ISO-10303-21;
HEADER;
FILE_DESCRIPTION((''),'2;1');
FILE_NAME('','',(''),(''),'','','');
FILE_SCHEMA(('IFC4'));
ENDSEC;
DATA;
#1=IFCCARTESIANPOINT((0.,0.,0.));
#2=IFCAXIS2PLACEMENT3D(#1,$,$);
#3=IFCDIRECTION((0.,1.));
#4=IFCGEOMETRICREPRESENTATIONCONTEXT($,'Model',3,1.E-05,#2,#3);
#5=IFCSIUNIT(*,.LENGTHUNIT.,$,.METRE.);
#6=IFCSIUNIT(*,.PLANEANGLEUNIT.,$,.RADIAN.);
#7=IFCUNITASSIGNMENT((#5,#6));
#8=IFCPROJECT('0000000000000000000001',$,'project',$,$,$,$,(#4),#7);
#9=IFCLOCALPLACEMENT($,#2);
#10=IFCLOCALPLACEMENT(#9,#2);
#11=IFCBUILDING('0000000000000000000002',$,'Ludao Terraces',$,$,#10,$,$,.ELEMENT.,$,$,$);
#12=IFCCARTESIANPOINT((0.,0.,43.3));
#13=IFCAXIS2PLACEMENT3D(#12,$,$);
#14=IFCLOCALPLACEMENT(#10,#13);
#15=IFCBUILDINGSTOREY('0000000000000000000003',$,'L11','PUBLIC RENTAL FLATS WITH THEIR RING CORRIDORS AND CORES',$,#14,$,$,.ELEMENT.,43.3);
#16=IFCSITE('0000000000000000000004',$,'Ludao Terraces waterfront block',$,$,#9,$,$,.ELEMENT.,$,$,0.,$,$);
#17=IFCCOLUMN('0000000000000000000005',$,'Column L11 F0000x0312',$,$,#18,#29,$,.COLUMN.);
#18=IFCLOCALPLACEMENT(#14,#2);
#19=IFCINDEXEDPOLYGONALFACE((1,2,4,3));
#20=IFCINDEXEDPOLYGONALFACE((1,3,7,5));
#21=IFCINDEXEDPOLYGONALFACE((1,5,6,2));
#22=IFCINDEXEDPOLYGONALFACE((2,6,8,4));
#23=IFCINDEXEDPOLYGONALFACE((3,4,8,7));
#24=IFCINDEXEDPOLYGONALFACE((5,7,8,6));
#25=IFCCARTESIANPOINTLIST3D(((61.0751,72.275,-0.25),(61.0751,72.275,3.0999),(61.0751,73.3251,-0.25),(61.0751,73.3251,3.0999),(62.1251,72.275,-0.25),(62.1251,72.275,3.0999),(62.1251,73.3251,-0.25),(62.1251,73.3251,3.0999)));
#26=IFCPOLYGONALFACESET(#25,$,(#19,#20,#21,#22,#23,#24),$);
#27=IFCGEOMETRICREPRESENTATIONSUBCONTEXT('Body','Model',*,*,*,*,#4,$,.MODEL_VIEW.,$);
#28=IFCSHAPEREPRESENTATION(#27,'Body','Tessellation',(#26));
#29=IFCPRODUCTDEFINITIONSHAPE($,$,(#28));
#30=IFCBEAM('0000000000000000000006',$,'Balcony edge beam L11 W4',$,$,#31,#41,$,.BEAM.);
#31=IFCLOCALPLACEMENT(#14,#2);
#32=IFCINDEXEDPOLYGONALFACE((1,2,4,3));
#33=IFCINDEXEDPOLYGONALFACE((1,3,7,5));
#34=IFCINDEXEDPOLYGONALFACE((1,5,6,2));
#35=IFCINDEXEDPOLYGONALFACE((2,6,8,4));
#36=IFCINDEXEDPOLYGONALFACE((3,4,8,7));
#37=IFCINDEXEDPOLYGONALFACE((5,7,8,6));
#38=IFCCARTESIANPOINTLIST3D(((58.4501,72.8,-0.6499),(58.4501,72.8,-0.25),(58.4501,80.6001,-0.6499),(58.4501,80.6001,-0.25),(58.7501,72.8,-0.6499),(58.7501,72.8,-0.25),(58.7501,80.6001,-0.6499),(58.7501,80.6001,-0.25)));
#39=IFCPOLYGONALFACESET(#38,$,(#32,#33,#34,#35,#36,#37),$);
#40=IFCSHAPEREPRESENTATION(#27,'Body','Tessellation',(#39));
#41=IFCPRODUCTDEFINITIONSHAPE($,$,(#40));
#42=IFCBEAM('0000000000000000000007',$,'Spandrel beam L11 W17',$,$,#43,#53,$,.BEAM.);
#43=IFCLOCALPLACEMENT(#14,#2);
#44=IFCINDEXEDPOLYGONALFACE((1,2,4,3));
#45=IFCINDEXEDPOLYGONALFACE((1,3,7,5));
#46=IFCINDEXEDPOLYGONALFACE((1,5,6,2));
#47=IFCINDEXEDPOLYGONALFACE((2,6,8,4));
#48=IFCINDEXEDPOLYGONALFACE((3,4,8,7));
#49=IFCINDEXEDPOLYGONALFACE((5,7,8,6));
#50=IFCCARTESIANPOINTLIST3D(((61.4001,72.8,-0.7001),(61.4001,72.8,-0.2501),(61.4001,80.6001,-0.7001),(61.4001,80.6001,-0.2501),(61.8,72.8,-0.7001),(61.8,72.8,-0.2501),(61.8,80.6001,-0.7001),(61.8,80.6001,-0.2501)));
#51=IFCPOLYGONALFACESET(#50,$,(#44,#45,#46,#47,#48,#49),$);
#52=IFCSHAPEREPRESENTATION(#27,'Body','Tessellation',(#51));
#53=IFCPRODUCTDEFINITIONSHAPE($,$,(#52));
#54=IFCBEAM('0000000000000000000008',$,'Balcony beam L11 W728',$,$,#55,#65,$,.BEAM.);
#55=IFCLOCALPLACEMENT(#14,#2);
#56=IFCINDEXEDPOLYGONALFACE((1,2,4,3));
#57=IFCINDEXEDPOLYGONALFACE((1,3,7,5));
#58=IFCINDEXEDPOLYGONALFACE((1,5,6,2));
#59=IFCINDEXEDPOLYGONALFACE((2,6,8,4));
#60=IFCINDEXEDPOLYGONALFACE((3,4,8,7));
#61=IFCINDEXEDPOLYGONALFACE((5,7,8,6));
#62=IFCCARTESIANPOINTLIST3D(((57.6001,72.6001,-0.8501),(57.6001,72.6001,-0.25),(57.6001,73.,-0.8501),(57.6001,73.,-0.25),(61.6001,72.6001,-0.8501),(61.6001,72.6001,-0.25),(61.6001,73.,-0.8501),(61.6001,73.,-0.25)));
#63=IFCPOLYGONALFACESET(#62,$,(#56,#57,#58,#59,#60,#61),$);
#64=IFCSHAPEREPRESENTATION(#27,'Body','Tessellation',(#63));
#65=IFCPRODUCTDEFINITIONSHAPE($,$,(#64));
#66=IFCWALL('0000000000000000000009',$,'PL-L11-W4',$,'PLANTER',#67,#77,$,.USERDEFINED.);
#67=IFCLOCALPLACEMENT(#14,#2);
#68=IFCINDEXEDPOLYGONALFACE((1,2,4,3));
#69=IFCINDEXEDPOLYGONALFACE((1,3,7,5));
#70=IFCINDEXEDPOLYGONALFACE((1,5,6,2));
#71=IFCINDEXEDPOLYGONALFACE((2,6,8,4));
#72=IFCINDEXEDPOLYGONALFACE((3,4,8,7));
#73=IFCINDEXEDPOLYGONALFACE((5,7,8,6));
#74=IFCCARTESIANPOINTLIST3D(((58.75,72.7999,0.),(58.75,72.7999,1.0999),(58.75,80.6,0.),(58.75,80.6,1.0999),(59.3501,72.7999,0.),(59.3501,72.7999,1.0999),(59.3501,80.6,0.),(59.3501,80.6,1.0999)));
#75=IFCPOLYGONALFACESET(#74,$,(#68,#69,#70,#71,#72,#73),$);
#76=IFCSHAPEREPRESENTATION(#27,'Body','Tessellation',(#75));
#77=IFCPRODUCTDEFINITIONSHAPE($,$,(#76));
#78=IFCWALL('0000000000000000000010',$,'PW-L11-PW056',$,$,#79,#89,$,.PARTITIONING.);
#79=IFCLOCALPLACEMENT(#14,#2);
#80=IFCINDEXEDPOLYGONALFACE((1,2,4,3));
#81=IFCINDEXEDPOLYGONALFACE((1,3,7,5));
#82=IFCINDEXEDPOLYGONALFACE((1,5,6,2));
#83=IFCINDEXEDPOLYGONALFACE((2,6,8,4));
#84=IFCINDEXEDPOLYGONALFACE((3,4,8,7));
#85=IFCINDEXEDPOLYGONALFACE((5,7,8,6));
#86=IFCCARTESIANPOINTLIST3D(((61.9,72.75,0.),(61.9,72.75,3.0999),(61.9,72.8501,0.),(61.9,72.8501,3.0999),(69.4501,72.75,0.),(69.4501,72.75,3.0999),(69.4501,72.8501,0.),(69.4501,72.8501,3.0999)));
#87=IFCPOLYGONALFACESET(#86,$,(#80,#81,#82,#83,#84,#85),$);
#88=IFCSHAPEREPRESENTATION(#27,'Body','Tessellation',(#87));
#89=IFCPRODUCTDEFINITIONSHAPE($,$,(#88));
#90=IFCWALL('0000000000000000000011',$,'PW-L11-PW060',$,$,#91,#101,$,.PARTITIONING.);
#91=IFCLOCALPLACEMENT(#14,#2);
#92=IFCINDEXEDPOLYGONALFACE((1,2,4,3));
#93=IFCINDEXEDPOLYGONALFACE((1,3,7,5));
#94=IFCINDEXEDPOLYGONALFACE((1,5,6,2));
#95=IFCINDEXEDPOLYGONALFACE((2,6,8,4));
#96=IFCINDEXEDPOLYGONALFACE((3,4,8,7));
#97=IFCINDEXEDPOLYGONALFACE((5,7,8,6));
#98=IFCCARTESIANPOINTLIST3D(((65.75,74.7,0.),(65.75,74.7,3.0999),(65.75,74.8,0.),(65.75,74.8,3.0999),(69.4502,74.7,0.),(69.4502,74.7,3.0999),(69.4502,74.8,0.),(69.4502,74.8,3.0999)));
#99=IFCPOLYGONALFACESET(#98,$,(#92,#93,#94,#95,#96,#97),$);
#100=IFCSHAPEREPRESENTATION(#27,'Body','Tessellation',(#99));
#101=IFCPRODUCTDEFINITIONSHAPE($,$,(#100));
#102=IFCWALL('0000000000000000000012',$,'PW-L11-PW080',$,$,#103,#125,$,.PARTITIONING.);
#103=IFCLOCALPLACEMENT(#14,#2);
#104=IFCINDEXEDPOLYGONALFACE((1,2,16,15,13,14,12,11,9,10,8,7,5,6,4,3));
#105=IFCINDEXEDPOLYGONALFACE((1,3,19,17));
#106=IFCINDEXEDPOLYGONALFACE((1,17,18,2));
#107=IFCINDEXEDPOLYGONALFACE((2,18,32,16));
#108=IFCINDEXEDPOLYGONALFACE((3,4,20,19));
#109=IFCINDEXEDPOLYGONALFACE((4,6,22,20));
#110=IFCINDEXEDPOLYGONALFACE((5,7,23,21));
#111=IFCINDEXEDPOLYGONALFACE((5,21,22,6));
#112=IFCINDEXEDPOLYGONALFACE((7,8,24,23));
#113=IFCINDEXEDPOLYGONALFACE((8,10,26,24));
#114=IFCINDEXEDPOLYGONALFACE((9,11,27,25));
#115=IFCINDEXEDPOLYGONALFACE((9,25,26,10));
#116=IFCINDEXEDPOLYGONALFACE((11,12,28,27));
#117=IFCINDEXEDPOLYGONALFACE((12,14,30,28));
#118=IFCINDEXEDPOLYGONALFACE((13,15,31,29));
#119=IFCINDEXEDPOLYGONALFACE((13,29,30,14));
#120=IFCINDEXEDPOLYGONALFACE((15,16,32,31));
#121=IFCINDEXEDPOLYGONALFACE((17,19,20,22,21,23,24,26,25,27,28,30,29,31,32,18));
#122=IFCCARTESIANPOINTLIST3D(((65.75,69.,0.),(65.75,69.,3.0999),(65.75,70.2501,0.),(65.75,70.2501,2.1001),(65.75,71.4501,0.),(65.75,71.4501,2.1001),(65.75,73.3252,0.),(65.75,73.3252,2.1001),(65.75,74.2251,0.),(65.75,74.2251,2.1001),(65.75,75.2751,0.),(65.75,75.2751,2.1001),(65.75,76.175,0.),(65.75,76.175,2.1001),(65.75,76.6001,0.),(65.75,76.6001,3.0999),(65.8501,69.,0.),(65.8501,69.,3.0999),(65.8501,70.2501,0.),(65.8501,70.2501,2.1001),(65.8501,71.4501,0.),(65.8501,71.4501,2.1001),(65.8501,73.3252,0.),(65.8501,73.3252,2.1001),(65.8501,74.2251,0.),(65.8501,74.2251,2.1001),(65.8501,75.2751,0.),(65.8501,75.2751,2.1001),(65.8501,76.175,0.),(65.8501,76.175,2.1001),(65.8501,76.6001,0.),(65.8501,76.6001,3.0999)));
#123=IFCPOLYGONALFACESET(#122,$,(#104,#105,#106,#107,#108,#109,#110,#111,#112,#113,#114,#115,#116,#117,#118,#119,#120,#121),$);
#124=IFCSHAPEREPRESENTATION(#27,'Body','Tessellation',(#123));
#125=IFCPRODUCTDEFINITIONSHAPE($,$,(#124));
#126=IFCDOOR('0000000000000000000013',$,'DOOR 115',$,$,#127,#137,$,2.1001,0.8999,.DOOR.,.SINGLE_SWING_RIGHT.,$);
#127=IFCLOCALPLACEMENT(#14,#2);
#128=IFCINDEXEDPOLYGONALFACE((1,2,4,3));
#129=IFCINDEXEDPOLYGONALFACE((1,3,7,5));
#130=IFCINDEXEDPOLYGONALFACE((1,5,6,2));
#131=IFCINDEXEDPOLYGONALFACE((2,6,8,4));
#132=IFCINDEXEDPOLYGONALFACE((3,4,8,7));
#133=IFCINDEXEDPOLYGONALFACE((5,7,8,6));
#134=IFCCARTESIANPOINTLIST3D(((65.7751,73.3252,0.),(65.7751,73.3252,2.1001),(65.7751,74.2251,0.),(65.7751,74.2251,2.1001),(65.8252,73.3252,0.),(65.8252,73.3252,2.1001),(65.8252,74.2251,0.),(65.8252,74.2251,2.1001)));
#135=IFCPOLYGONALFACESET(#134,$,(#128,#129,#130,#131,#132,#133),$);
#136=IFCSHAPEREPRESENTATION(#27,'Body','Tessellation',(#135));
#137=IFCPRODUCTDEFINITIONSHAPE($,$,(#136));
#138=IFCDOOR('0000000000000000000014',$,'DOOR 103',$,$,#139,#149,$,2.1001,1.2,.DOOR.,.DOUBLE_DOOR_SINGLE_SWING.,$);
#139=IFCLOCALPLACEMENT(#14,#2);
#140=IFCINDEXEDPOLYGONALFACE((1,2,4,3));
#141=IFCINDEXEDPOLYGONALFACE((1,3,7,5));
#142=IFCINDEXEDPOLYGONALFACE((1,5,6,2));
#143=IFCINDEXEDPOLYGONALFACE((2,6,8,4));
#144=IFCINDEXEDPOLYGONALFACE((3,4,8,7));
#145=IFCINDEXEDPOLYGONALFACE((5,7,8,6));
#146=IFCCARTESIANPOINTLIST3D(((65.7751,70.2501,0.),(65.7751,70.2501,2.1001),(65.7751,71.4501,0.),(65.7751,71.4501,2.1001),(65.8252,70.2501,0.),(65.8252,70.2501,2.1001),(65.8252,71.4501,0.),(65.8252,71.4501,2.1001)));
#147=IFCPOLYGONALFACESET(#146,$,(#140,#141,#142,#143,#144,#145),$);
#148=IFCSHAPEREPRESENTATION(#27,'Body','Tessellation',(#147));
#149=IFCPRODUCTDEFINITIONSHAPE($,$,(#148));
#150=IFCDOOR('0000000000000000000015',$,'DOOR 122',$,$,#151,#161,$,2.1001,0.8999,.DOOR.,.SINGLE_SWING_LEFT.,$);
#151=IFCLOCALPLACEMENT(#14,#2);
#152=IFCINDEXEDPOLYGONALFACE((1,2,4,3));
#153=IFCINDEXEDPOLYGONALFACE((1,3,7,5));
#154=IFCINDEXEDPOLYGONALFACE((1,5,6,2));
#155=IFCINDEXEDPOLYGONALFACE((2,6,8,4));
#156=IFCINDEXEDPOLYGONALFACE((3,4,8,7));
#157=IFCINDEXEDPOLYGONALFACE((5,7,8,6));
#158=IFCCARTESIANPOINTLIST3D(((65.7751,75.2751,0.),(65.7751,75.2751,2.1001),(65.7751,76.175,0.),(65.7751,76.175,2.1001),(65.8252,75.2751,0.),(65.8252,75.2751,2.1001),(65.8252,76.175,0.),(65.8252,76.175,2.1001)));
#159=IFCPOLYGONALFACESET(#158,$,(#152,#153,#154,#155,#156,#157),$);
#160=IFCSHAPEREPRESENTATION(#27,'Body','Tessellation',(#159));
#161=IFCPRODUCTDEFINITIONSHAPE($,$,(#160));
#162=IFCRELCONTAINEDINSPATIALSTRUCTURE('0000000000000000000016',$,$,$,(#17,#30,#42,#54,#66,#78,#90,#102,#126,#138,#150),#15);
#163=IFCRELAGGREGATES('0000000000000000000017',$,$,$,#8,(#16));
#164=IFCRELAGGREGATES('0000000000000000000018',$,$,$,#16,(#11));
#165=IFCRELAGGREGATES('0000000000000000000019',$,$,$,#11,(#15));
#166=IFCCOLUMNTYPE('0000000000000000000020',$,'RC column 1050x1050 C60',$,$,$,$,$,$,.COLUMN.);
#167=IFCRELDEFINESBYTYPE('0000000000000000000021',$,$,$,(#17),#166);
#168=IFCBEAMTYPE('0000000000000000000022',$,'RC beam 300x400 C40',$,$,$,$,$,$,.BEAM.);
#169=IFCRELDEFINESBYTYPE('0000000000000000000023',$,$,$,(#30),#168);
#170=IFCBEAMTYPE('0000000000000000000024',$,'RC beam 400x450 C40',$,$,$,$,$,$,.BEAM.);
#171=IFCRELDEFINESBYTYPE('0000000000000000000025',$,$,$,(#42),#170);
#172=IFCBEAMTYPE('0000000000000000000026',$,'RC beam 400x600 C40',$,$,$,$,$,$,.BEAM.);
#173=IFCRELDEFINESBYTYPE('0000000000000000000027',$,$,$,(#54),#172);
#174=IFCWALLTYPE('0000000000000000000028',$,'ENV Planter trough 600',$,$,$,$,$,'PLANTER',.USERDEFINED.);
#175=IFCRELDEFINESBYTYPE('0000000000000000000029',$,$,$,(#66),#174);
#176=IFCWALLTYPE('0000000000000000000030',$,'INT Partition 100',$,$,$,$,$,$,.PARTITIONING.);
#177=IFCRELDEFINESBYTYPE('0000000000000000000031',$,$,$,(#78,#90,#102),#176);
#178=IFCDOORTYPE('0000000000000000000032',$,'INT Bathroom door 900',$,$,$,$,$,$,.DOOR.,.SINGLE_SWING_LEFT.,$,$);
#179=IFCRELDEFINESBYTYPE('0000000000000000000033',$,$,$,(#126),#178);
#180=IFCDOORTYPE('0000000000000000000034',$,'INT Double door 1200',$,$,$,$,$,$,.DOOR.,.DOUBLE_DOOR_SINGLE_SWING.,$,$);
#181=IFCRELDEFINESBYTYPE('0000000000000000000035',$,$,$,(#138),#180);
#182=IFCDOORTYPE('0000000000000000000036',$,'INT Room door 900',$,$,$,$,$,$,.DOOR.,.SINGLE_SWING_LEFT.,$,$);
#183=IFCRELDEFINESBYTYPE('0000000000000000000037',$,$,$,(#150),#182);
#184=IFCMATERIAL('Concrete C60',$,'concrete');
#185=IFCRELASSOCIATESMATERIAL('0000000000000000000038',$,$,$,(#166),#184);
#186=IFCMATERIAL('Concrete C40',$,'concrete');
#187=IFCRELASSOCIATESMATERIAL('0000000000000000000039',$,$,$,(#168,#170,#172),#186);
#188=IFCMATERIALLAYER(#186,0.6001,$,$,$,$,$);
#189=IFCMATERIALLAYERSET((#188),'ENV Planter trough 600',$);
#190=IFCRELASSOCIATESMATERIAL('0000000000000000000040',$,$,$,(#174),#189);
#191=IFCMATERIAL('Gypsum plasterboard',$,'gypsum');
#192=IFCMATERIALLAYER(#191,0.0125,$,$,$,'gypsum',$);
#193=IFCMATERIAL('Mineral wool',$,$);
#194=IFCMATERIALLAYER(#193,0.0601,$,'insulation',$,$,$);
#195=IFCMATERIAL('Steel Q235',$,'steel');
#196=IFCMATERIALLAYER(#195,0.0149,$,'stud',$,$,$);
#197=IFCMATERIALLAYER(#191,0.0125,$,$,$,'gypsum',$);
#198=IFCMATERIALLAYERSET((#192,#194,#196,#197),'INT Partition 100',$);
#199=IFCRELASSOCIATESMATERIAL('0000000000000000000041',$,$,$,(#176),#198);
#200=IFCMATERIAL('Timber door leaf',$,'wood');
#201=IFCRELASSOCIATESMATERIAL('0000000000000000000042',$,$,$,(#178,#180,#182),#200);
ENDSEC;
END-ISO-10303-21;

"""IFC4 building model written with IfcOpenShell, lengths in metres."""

from ifc_helpers import new_model, si_unit, direction, frame, frame_2d, origin, origin_2d, place, context, subcontext, project, spatial, rectangle, extrude, material, layer, layer_set, material_profile, profile_set, type_object, element, fill, save


model = new_model("IFC4")

# Units and contexts
model_context = context("Model", 3, precision=1e-05, world=origin(), true_north=direction((0.0, 1.0)))
body_context = subcontext(model_context, "Body", "Model", "MODEL_VIEW")
ifc_project = project(units=[si_unit("LENGTHUNIT", "METRE"), si_unit("PLANEANGLEUNIT", "RADIAN")], contexts=[model_context])

# Site, building, storey
site_placement = place(None, origin())
site = spatial("IfcSite", under=ifc_project, at=site_placement, Name="Ludao Terraces waterfront block", CompositionType="ELEMENT", RefElevation=0.0)
building_placement = place(site_placement, origin())
building = spatial("IfcBuilding", under=site, at=building_placement, Name="Ludao Terraces", CompositionType="ELEMENT")
storey_placement = place(building_placement, frame((0.0, 0.0, 43.3)))
storey = spatial("IfcBuildingStorey", under=building, at=storey_placement, Name="L11", Description="PUBLIC RENTAL FLATS WITH THEIR RING CORRIDORS AND CORES", CompositionType="ELEMENT", Elevation=43.3)

# Column
ifc_material_1 = material(Name="Concrete C60", Category="concrete")
ifc_material_profile_1 = material_profile(ifc_material_1, rectangle(XDim=1.05, YDim=1.05, at=origin_2d()), Name="1050 X 1050")
ifc_profile_set_1 = profile_set([ifc_material_profile_1], Name="Concrete C60")
column_type = type_object("IfcColumnType", Name="RC column 1050x1050 C60", PredefinedType="COLUMN", material=ifc_profile_set_1)
column_placement = place(storey_placement, frame((61.6001, 72.8, -0.25), z_axis=(0.0, 0.0, 1.0), x_axis=(1.0, 0.0, 0.0)))
element("IfcColumn", 1, at=column_placement, inside=storey, type_object=column_type, Name="Column L11 F0000x0312", PredefinedType="COLUMN", context=body_context, shape_type="SweptSolid", body=[
    extrude(rectangle(XDim=1.05, YDim=1.05, at=origin_2d()), origin(), (0.0, 0.0, 1.0), 3.3499),
])

# Beams
ifc_material_2 = material(Name="Concrete C40", Category="concrete")
ifc_material_profile_2 = material_profile(ifc_material_2, rectangle(XDim=0.3, YDim=0.3999, at=origin_2d()), Name="300 X 400")
ifc_profile_set_2 = profile_set([ifc_material_profile_2], Name="Concrete C40")
beam_type_1 = type_object("IfcBeamType", Name="RC beam 300x400 C40", PredefinedType="BEAM", material=ifc_profile_set_2)
beam_1_placement = place(storey_placement, frame((58.6001, 72.8, -0.45), z_axis=(0.0, 1.0, 0.0), x_axis=(-1.0, 0.0, 0.0)))
element("IfcBeam", 2, at=beam_1_placement, inside=storey, type_object=beam_type_1, Name="Balcony edge beam L11 W4", PredefinedType="BEAM", context=body_context, shape_type="SweptSolid", body=[
    extrude(rectangle(XDim=0.3, YDim=0.3999, at=origin_2d()), origin(), (0.0, 0.0, 1.0), 7.8),
])
ifc_material_profile_3 = material_profile(ifc_material_2, rectangle(XDim=0.3999, YDim=0.45, at=origin_2d()), Name="400 X 450")
ifc_profile_set_3 = profile_set([ifc_material_profile_3], Name="Concrete C40")
beam_type_2 = type_object("IfcBeamType", Name="RC beam 400x450 C40", PredefinedType="BEAM", material=ifc_profile_set_3)
beam_2_placement = place(storey_placement, frame((61.6001, 72.8, -0.4751), z_axis=(0.0, 1.0, 0.0), x_axis=(-1.0, 0.0, 0.0)))
element("IfcBeam", 3, at=beam_2_placement, inside=storey, type_object=beam_type_2, Name="Spandrel beam L11 W17", PredefinedType="BEAM", context=body_context, shape_type="SweptSolid", body=[
    extrude(rectangle(XDim=0.3999, YDim=0.45, at=origin_2d()), origin(), (0.0, 0.0, 1.0), 7.8),
])
ifc_material_profile_4 = material_profile(ifc_material_2, rectangle(XDim=0.3999, YDim=0.6001, at=origin_2d()), Name="400 X 600")
ifc_profile_set_4 = profile_set([ifc_material_profile_4], Name="Concrete C40")
beam_type_3 = type_object("IfcBeamType", Name="RC beam 400x600 C40", PredefinedType="BEAM", material=ifc_profile_set_4)
beam_3_placement = place(storey_placement, frame((61.6001, 72.8, -0.55), z_axis=(-1.0, 0.0, 0.0), x_axis=(0.0, -1.0, 0.0)))
element("IfcBeam", 4, at=beam_3_placement, inside=storey, type_object=beam_type_3, Name="Balcony beam L11 W728", PredefinedType="BEAM", context=body_context, shape_type="SweptSolid", body=[
    extrude(rectangle(XDim=0.3999, YDim=0.6001, at=origin_2d()), origin(), (0.0, 0.0, 1.0), 4.0),
])

# Wall
ifc_layer_1 = layer(ifc_material_2, 0.6001)
ifc_layer_set_1 = layer_set([ifc_layer_1], Name="ENV Planter trough 600")
wall_type_1 = type_object("IfcWallType", Name="ENV Planter trough 600", ElementType="PLANTER", PredefinedType="USERDEFINED", material=ifc_layer_set_1)
wall_1_placement = place(storey_placement, frame((59.05, 72.8, 0.0), z_axis=(0.0, 0.0, 1.0), x_axis=(0.0, 1.0, 0.0)))
element("IfcWall", 5, at=wall_1_placement, inside=storey, type_object=wall_type_1, Name="PL-L11-W4", ObjectType="PLANTER", PredefinedType="USERDEFINED", context=body_context, shape_type="SweptSolid", body=[
    extrude(rectangle(XDim=7.8, YDim=0.6001, at=frame_2d((3.8999, 0.0))), origin(), (0.0, 0.0, 1.0), 1.0999),
])

# Shared definitions
ifc_material_3 = material(Name="Mineral wool")

# Walls
ifc_material_4 = material(Name="Gypsum plasterboard", Category="gypsum")
ifc_layer_2 = layer(ifc_material_4, 0.0125, Category="gypsum")
ifc_layer_3 = layer(ifc_material_3, 0.0601, Name="insulation")
ifc_material_5 = material(Name="Steel Q235", Category="steel")
ifc_layer_4 = layer(ifc_material_5, 0.0149, Name="stud")
ifc_layer_5 = layer(ifc_material_4, 0.0125, Category="gypsum")
ifc_layer_set_2 = layer_set([ifc_layer_2, ifc_layer_3, ifc_layer_4, ifc_layer_5], Name="INT Partition 100")
wall_type_2 = type_object("IfcWallType", Name="INT Partition 100", PredefinedType="PARTITIONING", material=ifc_layer_set_2)
wall_2_placement = place(storey_placement, frame((61.9001, 72.8, 0.0), z_axis=(0.0, 0.0, 1.0), x_axis=(1.0, 0.0, 0.0)))
element("IfcWall", 6, at=wall_2_placement, inside=storey, type_object=wall_type_2, Name="PW-L11-PW056", PredefinedType="PARTITIONING", context=body_context, shape_type="SweptSolid", body=[
    extrude(rectangle(XDim=7.55, YDim=0.1001, at=frame_2d((3.7749, 0.0))), origin(), (0.0, 0.0, 1.0), 3.0999),
])
wall_3_placement = place(storey_placement, frame((65.75, 74.75, 0.0), z_axis=(0.0, 0.0, 1.0), x_axis=(1.0, 0.0, 0.0)))
element("IfcWall", 7, at=wall_3_placement, inside=storey, type_object=wall_type_2, Name="PW-L11-PW060", PredefinedType="PARTITIONING", context=body_context, shape_type="SweptSolid", body=[
    extrude(rectangle(XDim=3.7002, YDim=0.1001, at=frame_2d((1.8501, 0.0))), origin(), (0.0, 0.0, 1.0), 3.0999),
])

# Wall, openings, doors
wall_4_placement = place(storey_placement, frame((65.8, 69.0, 0.0), z_axis=(0.0, 0.0, 1.0), x_axis=(0.0, 1.0, 0.0)))
wall_4 = element("IfcWall", 8, at=wall_4_placement, inside=storey, type_object=wall_type_2, Name="PW-L11-PW080", PredefinedType="PARTITIONING", context=body_context, shape_type="SweptSolid", body=[
    extrude(rectangle(XDim=7.6001, YDim=0.1001, at=frame_2d((3.8, 0.0))), origin(), (0.0, 0.0, 1.0), 3.0999),
])
opening_1_placement = place(wall_4_placement, frame((1.25, 0.0, 0.0)))
opening_1 = element("IfcOpeningElement", 9, at=opening_1_placement, cuts=wall_4, PredefinedType="OPENING", context=body_context, shape_type="SweptSolid", body=[
    extrude(rectangle(XDim=1.2, YDim=2.1001, at=frame_2d((0.6001, 1.05))), frame((0.0, 0.0601, 0.0), z_axis=(0.0, -1.0, 0.0), x_axis=(1.0, 0.0, 0.0)), (0.0, 0.0, 1.0), 0.1201),
])
opening_2_placement = place(wall_4_placement, frame((4.3252, 0.0, 0.0)))
opening_2 = element("IfcOpeningElement", 10, at=opening_2_placement, cuts=wall_4, PredefinedType="OPENING", context=body_context, shape_type="SweptSolid", body=[
    extrude(rectangle(XDim=0.8999, YDim=2.1001, at=frame_2d((0.45, 1.05))), frame((0.0, 0.0601, 0.0), z_axis=(0.0, -1.0, 0.0), x_axis=(1.0, 0.0, 0.0)), (0.0, 0.0, 1.0), 0.1201),
])
opening_3_placement = place(wall_4_placement, frame((6.2751, 0.0, 0.0)))
opening_3 = element("IfcOpeningElement", 11, at=opening_3_placement, cuts=wall_4, PredefinedType="OPENING", context=body_context, shape_type="SweptSolid", body=[
    extrude(rectangle(XDim=0.8999, YDim=2.1001, at=frame_2d((0.45, 1.05))), frame((0.0, 0.0601, 0.0), z_axis=(0.0, -1.0, 0.0), x_axis=(1.0, 0.0, 0.0)), (0.0, 0.0, 1.0), 0.1201),
])
ifc_material_6 = material(Name="Timber door leaf", Category="wood")
door_type_1 = type_object("IfcDoorType", Name="INT Bathroom door 900", OperationType="SINGLE_SWING_LEFT", PredefinedType="DOOR", material=ifc_material_6)
door_1_placement = place(opening_2_placement, origin())
door_1 = element("IfcDoor", 12, at=door_1_placement, inside=storey, type_object=door_type_1, Name="DOOR 115", OperationType="SINGLE_SWING_RIGHT", OverallHeight=2.1001, OverallWidth=0.8999, PredefinedType="DOOR", context=body_context, shape_type="SweptSolid", body=[
    extrude(rectangle(XDim=0.8999, YDim=2.1001, at=frame_2d((0.45, 1.05))), frame((0.0, 0.0249, 0.0), z_axis=(0.0, -1.0, 0.0), x_axis=(1.0, 0.0, 0.0)), (0.0, 0.0, 1.0), 0.05),
])
fill(opening_2, door_1)
door_type_2 = type_object("IfcDoorType", Name="INT Double door 1200", OperationType="DOUBLE_DOOR_SINGLE_SWING", PredefinedType="DOOR", material=ifc_material_6)
door_2_placement = place(opening_1_placement, origin())
door_2 = element("IfcDoor", 13, at=door_2_placement, inside=storey, type_object=door_type_2, Name="DOOR 103", OperationType="DOUBLE_DOOR_SINGLE_SWING", OverallHeight=2.1001, OverallWidth=1.2, PredefinedType="DOOR", context=body_context, shape_type="SweptSolid", body=[
    extrude(rectangle(XDim=1.2, YDim=2.1001, at=frame_2d((0.6001, 1.05))), frame((0.0, 0.0249, 0.0), z_axis=(0.0, -1.0, 0.0), x_axis=(1.0, 0.0, 0.0)), (0.0, 0.0, 1.0), 0.05),
])
fill(opening_1, door_2)
door_type_3 = type_object("IfcDoorType", Name="INT Room door 900", OperationType="SINGLE_SWING_LEFT", PredefinedType="DOOR", material=ifc_material_6)
door_3_placement = place(opening_3_placement, origin())
door_3 = element("IfcDoor", 14, at=door_3_placement, inside=storey, type_object=door_type_3, Name="DOOR 122", OperationType="SINGLE_SWING_LEFT", OverallHeight=2.1001, OverallWidth=0.8999, PredefinedType="DOOR", context=body_context, shape_type="SweptSolid", body=[
    extrude(rectangle(XDim=0.8999, YDim=2.1001, at=frame_2d((0.45, 1.05))), frame((0.0, 0.0249, 0.0), z_axis=(0.0, -1.0, 0.0), x_axis=(1.0, 0.0, 0.0)), (0.0, 0.0, 1.0), 0.05),
])
fill(opening_3, door_3)

save(model, "model.ifc")
